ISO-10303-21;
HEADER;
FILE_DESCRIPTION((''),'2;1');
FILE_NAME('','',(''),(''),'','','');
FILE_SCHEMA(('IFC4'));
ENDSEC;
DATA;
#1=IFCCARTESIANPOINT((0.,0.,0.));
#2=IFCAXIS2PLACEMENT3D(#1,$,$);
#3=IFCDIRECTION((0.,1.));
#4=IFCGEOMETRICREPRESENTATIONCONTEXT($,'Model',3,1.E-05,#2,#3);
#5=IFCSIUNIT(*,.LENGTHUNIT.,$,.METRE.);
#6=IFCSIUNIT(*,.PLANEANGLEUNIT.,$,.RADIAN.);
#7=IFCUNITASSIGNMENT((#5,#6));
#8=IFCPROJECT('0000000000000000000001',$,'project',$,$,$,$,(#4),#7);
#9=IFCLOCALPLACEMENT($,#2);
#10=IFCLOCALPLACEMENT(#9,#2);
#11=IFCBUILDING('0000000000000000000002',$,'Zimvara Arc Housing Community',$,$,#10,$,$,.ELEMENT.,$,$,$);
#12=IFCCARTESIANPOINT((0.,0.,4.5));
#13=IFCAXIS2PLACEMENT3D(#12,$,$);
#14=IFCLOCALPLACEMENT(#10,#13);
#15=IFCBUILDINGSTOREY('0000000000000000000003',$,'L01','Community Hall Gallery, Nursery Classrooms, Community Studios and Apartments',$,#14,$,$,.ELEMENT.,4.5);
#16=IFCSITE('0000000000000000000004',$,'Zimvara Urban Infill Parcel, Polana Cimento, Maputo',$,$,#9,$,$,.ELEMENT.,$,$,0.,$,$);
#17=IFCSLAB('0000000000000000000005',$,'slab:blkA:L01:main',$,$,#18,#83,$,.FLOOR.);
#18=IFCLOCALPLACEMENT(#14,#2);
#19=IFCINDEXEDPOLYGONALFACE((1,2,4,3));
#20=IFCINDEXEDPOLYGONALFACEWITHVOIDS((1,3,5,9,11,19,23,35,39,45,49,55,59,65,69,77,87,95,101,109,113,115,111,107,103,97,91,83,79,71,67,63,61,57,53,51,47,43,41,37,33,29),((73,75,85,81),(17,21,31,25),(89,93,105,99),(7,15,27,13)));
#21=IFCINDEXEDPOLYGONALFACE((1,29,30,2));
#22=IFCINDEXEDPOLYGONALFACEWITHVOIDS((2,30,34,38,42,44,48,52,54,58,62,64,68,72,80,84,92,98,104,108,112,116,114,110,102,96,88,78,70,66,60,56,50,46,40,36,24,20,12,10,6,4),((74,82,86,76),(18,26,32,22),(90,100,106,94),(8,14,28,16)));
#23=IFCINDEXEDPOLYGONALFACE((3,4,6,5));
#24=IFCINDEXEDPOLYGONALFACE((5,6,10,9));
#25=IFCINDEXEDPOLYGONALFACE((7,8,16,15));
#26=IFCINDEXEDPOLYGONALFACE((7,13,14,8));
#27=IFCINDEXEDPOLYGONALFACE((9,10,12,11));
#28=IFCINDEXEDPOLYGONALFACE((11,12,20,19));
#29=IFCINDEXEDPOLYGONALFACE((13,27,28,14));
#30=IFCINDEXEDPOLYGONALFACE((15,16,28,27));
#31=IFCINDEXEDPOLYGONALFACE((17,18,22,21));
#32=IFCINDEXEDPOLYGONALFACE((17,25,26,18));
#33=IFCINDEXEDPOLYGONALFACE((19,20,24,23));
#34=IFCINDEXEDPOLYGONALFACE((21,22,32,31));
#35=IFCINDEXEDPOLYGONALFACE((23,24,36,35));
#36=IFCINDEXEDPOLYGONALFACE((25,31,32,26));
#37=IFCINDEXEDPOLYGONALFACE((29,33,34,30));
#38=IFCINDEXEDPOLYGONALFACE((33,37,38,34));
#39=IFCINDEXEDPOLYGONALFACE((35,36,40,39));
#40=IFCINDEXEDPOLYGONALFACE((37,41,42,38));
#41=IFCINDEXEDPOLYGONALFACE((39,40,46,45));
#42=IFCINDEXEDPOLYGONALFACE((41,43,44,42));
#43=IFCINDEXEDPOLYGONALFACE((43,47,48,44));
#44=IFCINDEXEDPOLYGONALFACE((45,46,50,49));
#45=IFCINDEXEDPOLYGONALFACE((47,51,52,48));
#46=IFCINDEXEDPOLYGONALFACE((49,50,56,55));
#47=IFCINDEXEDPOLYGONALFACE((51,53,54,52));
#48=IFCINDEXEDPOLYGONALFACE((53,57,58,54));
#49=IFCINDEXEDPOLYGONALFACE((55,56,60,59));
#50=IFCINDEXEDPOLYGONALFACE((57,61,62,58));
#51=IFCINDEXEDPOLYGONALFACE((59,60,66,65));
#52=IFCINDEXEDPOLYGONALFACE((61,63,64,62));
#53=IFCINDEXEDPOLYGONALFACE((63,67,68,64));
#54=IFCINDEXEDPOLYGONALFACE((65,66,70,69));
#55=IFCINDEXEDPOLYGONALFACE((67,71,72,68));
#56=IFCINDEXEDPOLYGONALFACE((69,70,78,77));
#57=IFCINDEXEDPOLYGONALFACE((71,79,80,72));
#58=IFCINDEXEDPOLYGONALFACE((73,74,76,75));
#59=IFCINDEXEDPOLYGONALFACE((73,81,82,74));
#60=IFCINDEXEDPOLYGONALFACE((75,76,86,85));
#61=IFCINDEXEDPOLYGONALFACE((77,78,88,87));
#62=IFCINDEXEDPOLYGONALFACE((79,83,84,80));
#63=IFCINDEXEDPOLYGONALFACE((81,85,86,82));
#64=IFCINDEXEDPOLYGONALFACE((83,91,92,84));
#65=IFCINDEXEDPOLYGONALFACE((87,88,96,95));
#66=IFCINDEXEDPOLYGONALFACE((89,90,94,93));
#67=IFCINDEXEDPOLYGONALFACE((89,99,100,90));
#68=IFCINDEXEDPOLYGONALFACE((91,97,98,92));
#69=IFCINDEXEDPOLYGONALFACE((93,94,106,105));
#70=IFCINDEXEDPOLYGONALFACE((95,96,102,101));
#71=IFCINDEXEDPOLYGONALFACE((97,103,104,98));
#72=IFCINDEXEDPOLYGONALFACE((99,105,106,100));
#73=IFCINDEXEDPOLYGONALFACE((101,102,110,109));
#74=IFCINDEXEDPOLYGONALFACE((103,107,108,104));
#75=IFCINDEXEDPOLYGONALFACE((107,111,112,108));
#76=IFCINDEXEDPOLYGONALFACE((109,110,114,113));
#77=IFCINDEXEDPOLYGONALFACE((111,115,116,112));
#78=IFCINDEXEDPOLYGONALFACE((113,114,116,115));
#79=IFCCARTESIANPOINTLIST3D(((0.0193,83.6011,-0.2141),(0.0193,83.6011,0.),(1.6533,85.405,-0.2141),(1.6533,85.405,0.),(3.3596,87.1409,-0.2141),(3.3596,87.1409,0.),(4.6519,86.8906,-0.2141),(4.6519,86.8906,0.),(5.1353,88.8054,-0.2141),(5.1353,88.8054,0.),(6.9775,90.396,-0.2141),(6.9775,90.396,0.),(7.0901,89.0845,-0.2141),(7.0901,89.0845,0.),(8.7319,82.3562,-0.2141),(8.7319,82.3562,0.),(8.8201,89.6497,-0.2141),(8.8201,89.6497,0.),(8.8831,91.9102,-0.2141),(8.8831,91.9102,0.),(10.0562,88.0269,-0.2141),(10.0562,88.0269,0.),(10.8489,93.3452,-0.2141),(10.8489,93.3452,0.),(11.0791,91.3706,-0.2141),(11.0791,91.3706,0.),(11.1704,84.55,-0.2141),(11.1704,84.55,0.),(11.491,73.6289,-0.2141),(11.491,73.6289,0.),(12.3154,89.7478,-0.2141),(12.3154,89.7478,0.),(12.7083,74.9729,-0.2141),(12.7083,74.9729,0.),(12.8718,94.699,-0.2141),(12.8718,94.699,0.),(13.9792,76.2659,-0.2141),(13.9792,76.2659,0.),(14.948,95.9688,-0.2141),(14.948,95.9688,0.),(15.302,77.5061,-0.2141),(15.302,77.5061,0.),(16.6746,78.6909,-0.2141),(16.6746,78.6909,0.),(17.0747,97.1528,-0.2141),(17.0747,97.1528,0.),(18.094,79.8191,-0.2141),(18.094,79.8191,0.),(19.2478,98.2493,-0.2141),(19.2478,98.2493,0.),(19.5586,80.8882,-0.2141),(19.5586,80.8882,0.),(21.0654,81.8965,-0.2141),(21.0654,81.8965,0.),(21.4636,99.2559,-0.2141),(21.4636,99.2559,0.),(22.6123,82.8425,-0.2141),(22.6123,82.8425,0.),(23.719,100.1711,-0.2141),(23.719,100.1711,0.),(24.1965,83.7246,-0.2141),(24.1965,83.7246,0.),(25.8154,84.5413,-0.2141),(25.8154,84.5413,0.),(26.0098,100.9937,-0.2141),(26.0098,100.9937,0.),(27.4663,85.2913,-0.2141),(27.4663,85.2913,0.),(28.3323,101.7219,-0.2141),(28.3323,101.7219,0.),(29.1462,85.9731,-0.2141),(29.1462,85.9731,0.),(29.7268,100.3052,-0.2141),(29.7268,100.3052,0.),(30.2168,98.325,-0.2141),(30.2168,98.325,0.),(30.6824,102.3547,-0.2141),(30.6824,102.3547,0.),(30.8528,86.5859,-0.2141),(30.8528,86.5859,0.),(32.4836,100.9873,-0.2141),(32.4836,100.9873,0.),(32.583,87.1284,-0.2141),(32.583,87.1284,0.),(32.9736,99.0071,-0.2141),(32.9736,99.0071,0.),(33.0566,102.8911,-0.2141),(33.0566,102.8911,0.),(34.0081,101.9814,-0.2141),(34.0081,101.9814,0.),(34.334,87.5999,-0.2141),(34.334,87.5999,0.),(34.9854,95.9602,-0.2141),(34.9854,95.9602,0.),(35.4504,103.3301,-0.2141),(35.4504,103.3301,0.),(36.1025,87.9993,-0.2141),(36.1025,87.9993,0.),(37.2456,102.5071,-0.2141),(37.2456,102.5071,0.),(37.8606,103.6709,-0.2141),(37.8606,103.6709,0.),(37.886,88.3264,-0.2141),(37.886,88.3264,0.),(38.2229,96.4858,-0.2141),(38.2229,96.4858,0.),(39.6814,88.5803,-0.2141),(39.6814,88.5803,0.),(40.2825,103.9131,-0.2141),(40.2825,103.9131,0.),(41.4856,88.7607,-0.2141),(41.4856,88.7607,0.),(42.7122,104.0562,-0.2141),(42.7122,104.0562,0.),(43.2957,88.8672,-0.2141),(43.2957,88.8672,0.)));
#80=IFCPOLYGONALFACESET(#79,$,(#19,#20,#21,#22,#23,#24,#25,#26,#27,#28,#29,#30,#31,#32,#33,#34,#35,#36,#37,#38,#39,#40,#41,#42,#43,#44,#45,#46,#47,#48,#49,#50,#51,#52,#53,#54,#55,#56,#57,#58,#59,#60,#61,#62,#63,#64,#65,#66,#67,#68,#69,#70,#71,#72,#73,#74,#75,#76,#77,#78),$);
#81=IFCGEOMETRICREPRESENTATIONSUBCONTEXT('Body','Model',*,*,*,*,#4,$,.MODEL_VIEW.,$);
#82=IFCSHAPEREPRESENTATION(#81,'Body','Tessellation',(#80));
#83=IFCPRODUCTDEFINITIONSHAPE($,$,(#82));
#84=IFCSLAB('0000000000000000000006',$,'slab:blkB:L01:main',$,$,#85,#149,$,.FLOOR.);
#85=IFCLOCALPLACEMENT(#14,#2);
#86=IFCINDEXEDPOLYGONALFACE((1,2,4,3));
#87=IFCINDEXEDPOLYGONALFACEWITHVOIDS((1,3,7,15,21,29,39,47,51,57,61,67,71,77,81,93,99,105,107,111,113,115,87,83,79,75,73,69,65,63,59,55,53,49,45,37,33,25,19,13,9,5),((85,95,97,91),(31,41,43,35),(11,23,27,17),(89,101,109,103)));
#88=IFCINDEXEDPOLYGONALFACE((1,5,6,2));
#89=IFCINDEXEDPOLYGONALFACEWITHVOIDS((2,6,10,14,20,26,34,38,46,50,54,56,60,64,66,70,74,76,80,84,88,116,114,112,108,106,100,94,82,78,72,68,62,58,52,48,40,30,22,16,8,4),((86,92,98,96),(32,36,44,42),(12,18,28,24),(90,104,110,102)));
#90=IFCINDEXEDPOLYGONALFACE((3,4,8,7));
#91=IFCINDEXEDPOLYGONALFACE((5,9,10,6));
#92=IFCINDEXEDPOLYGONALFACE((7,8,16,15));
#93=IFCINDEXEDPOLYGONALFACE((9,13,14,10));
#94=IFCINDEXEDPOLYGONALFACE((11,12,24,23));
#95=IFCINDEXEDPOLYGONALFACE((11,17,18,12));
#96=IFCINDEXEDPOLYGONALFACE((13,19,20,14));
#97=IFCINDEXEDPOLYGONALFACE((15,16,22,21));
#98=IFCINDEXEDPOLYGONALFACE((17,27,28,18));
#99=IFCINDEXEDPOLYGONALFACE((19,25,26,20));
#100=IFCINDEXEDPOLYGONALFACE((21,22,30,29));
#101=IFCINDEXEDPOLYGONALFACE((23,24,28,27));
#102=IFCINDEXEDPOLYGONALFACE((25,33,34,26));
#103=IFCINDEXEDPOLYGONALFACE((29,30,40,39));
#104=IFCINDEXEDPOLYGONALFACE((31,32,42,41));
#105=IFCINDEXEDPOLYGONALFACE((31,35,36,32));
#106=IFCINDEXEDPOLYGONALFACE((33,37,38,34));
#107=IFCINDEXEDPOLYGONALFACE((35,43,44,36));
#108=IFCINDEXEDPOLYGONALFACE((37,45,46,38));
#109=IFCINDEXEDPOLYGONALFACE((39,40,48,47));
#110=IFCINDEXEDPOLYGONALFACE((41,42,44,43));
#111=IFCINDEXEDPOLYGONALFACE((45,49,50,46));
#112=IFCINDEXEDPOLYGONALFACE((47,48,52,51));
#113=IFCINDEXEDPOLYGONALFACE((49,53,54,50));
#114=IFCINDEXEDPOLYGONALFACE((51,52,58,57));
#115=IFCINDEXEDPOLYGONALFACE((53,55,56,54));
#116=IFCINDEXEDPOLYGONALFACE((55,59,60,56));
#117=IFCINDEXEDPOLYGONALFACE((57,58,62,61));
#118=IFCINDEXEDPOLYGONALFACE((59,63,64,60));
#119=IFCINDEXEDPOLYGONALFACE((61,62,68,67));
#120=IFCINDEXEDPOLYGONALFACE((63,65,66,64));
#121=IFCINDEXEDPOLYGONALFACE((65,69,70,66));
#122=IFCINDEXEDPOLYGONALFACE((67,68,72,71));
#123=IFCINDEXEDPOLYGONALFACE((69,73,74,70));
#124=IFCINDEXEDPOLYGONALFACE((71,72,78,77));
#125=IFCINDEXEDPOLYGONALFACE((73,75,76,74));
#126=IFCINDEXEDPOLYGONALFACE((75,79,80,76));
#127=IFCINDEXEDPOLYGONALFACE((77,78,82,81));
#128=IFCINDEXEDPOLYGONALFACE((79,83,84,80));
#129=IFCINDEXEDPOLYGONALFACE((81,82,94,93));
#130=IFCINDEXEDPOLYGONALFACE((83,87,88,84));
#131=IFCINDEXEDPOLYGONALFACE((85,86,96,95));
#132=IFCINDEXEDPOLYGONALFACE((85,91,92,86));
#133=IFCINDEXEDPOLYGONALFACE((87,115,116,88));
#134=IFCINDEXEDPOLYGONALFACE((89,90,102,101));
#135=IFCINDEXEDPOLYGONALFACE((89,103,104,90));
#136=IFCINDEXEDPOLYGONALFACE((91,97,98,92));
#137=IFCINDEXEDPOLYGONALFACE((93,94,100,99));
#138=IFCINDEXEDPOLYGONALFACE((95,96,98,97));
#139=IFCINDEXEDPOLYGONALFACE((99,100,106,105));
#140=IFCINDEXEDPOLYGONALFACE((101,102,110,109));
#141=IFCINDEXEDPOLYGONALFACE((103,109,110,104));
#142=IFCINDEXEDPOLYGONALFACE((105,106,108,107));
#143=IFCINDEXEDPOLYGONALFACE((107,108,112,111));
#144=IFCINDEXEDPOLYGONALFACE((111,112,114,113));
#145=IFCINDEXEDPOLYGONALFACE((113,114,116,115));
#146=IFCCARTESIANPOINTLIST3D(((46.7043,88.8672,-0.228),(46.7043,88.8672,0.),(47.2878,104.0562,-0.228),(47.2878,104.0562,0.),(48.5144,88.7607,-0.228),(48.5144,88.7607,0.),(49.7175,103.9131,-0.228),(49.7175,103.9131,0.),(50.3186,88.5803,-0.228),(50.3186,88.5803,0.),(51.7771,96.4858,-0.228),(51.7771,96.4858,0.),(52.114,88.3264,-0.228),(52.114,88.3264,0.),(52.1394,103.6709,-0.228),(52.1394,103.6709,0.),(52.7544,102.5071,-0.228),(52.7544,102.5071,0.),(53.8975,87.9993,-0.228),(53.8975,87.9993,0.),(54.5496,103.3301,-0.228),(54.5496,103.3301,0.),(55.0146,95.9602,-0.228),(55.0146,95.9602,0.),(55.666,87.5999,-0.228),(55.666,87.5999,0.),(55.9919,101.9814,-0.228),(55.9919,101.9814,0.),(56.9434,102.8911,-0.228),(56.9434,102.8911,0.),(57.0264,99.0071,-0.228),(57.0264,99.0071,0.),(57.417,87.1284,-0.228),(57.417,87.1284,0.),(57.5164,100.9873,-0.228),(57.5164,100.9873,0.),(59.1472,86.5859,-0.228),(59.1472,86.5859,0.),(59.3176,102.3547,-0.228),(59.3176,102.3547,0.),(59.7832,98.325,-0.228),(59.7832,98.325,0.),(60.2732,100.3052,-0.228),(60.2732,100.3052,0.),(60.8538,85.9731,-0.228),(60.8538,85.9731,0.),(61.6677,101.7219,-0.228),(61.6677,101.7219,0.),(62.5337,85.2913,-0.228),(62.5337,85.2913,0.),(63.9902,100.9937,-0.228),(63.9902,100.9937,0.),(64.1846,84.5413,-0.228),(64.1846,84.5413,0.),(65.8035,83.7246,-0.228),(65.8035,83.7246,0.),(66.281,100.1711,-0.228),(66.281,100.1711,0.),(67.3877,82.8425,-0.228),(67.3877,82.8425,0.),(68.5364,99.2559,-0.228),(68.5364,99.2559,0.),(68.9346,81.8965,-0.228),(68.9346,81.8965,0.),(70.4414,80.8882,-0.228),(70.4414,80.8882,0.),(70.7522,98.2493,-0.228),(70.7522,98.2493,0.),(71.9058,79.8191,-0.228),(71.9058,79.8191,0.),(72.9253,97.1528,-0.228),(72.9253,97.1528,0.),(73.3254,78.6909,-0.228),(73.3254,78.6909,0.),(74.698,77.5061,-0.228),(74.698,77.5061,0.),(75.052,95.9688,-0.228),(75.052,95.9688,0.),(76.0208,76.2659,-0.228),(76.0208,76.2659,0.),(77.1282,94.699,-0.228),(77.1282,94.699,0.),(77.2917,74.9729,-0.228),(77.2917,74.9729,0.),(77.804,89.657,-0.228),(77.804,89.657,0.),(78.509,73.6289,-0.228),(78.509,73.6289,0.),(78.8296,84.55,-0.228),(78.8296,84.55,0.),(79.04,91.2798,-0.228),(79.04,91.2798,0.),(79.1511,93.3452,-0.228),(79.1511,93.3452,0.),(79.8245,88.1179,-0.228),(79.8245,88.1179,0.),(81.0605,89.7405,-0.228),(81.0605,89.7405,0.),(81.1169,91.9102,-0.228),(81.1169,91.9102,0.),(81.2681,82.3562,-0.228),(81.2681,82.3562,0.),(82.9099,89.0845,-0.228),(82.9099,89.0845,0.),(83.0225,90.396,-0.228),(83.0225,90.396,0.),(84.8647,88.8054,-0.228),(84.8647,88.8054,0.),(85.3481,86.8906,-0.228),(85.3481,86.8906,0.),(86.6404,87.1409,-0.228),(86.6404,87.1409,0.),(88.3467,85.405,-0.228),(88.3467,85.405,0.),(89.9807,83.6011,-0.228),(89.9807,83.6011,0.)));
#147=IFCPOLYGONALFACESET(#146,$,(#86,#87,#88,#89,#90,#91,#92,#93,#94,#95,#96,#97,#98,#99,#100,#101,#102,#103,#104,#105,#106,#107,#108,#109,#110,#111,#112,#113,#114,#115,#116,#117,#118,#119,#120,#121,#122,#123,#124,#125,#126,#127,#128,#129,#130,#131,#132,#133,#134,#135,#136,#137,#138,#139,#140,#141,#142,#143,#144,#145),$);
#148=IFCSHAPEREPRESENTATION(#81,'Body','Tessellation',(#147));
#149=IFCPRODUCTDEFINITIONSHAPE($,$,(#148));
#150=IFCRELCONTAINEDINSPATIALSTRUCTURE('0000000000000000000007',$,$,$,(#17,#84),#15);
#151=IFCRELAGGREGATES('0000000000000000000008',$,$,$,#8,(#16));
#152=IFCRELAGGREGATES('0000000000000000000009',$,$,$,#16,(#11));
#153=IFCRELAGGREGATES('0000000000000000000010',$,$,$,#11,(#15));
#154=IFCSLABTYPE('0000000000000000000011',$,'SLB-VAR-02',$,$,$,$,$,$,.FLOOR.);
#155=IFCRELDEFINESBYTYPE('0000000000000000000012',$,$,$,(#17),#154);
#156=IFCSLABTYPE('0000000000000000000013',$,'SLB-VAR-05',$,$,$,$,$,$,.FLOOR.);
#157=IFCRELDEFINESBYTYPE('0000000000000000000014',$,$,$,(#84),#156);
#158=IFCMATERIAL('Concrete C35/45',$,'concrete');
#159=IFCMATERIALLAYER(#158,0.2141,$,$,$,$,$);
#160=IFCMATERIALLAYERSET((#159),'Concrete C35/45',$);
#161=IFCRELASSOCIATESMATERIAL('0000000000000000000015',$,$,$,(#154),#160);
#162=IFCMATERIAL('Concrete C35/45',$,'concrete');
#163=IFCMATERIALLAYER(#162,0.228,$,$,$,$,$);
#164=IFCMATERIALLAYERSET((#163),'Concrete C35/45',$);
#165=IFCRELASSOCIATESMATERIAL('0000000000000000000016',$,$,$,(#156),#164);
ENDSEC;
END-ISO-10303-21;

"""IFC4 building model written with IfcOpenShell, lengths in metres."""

from ifc_helpers import new_model, si_unit, direction, frame, origin, place, context, subcontext, project, spatial, polyline, outline, extrude, material, layer, layer_set, type_object, element, save


model = new_model("IFC4")

# Units and contexts
model_context = context("Model", 3, precision=1e-05, world=origin(), true_north=direction((0.0, 1.0)))
body_context = subcontext(model_context, "Body", "Model", "MODEL_VIEW")
ifc_project = project(units=[si_unit("LENGTHUNIT", "METRE"), si_unit("PLANEANGLEUNIT", "RADIAN")], contexts=[model_context])

# Site, building, storey
site_placement = place(None, origin())
site = spatial("IfcSite", under=ifc_project, at=site_placement, Name="Zimvara Urban Infill Parcel, Polana Cimento, Maputo", CompositionType="ELEMENT", RefElevation=0.0)
building_placement = place(site_placement, origin())
building = spatial("IfcBuilding", under=site, at=building_placement, Name="Zimvara Arc Housing Community", CompositionType="ELEMENT")
storey_placement = place(building_placement, frame((0.0, 0.0, 4.5)))
storey = spatial("IfcBuildingStorey", under=building, at=storey_placement, Name="L01", Description="Community Hall Gallery, Nursery Classrooms, Community Studios and Apartments", CompositionType="ELEMENT", Elevation=4.5)

# Slabs
ifc_material_1 = material(Name="Concrete C35/45", Category="concrete")
ifc_layer_1 = layer(ifc_material_1, 0.2141)
ifc_layer_set_1 = layer_set([ifc_layer_1], Name="Concrete C35/45")
slab_type_1 = type_object("IfcSlabType", Name="SLB-VAR-02", PredefinedType="FLOOR", material=ifc_layer_set_1)
slab_1_placement = place(storey_placement, frame((0.0, 0.0, -0.2141)))
element("IfcSlab", 1, at=slab_1_placement, inside=storey, type_object=slab_type_1, Name="slab:blkA:L01:main", PredefinedType="FLOOR", context=body_context, shape_type="SweptSolid", body=[
    extrude(outline(polyline([(11.491, 73.6289), (12.7083, 74.9729), (13.9792, 76.2659), (15.302, 77.5061), (16.6746, 78.6909), (18.094, 79.8191), (19.5586, 80.8882), (21.0654, 81.8965), (22.6123, 82.8425), (24.1965, 83.7246), (25.8154, 84.5413), (27.4663, 85.2913), (29.1462, 85.9731), (30.8528, 86.5859), (32.583, 87.1284), (34.334, 87.5999), (36.1025, 87.9993), (37.886, 88.3264), (39.6814, 88.5803), (41.4856, 88.7607), (43.2957, 88.8672), (42.7122, 104.0562), (40.2825, 103.9131), (37.8606, 103.6709), (35.4504, 103.3301), (33.0566, 102.8911), (30.6824, 102.3547), (28.3323, 101.7219), (26.0098, 100.9937), (23.719, 100.1711), (21.4636, 99.2559), (19.2478, 98.2493), (17.0747, 97.1528), (14.948, 95.9688), (12.8718, 94.699), (10.8489, 93.3452), (8.8831, 91.9102), (6.9775, 90.396), (5.1353, 88.8054), (3.3596, 87.1409), (1.6533, 85.405), (0.0193, 83.6011), (11.491, 73.6289)]), holes=[polyline([(8.7319, 82.3562), (4.6519, 86.8906), (7.0901, 89.0845), (11.1704, 84.55), (8.7319, 82.3562)]), polyline([(34.9854, 95.9602), (34.0081, 101.9814), (37.2456, 102.5071), (38.2229, 96.4858), (34.9854, 95.9602)]), polyline([(10.0562, 88.0269), (8.8201, 89.6497), (11.0791, 91.3706), (12.3154, 89.7478), (10.0562, 88.0269)]), polyline([(30.2168, 98.325), (29.7268, 100.3052), (32.4836, 100.9873), (32.9736, 99.0071), (30.2168, 98.325)])]), origin(), (0.0, 0.0, 1.0), 0.2141),
])
ifc_material_2 = material(Name="Concrete C35/45", Category="concrete")
ifc_layer_2 = layer(ifc_material_2, 0.228)
ifc_layer_set_2 = layer_set([ifc_layer_2], Name="Concrete C35/45")
slab_type_2 = type_object("IfcSlabType", Name="SLB-VAR-05", PredefinedType="FLOOR", material=ifc_layer_set_2)
slab_2_placement = place(storey_placement, frame((0.0, 0.0, -0.228)))
element("IfcSlab", 2, at=slab_2_placement, inside=storey, type_object=slab_type_2, Name="slab:blkB:L01:main", PredefinedType="FLOOR", context=body_context, shape_type="SweptSolid", body=[
    extrude(outline(polyline([(46.7043, 88.8672), (48.5144, 88.7607), (50.3186, 88.5803), (52.114, 88.3264), (53.8975, 87.9993), (55.666, 87.5999), (57.417, 87.1284), (59.1472, 86.5859), (60.8538, 85.9731), (62.5337, 85.2913), (64.1846, 84.5413), (65.8035, 83.7246), (67.3877, 82.8425), (68.9346, 81.8965), (70.4414, 80.8882), (71.9058, 79.8191), (73.3254, 78.6909), (74.698, 77.5061), (76.0208, 76.2659), (77.2917, 74.9729), (78.509, 73.6289), (89.9807, 83.6011), (88.3467, 85.405), (86.6404, 87.1409), (84.8647, 88.8054), (83.0225, 90.396), (81.1169, 91.9102), (79.1511, 93.3452), (77.1282, 94.699), (75.052, 95.9688), (72.9253, 97.1528), (70.7522, 98.2493), (68.5364, 99.2559), (66.281, 100.1711), (63.9902, 100.9937), (61.6677, 101.7219), (59.3176, 102.3547), (56.9434, 102.8911), (54.5496, 103.3301), (52.1394, 103.6709), (49.7175, 103.9131), (47.2878, 104.0562), (46.7043, 88.8672)]), holes=[polyline([(51.7771, 96.4858), (52.7544, 102.5071), (55.9919, 101.9814), (55.0146, 95.9602), (51.7771, 96.4858)]), polyline([(78.8296, 84.55), (82.9099, 89.0845), (85.3481, 86.8906), (81.2681, 82.3562), (78.8296, 84.55)]), polyline([(57.0264, 99.0071), (57.5164, 100.9873), (60.2732, 100.3052), (59.7832, 98.325), (57.0264, 99.0071)]), polyline([(77.804, 89.657), (79.04, 91.2798), (81.0605, 89.7405), (79.8245, 88.1179), (77.804, 89.657)])]), origin(), (0.0, 0.0, 1.0), 0.228),
])

save(model, "model.ifc")
